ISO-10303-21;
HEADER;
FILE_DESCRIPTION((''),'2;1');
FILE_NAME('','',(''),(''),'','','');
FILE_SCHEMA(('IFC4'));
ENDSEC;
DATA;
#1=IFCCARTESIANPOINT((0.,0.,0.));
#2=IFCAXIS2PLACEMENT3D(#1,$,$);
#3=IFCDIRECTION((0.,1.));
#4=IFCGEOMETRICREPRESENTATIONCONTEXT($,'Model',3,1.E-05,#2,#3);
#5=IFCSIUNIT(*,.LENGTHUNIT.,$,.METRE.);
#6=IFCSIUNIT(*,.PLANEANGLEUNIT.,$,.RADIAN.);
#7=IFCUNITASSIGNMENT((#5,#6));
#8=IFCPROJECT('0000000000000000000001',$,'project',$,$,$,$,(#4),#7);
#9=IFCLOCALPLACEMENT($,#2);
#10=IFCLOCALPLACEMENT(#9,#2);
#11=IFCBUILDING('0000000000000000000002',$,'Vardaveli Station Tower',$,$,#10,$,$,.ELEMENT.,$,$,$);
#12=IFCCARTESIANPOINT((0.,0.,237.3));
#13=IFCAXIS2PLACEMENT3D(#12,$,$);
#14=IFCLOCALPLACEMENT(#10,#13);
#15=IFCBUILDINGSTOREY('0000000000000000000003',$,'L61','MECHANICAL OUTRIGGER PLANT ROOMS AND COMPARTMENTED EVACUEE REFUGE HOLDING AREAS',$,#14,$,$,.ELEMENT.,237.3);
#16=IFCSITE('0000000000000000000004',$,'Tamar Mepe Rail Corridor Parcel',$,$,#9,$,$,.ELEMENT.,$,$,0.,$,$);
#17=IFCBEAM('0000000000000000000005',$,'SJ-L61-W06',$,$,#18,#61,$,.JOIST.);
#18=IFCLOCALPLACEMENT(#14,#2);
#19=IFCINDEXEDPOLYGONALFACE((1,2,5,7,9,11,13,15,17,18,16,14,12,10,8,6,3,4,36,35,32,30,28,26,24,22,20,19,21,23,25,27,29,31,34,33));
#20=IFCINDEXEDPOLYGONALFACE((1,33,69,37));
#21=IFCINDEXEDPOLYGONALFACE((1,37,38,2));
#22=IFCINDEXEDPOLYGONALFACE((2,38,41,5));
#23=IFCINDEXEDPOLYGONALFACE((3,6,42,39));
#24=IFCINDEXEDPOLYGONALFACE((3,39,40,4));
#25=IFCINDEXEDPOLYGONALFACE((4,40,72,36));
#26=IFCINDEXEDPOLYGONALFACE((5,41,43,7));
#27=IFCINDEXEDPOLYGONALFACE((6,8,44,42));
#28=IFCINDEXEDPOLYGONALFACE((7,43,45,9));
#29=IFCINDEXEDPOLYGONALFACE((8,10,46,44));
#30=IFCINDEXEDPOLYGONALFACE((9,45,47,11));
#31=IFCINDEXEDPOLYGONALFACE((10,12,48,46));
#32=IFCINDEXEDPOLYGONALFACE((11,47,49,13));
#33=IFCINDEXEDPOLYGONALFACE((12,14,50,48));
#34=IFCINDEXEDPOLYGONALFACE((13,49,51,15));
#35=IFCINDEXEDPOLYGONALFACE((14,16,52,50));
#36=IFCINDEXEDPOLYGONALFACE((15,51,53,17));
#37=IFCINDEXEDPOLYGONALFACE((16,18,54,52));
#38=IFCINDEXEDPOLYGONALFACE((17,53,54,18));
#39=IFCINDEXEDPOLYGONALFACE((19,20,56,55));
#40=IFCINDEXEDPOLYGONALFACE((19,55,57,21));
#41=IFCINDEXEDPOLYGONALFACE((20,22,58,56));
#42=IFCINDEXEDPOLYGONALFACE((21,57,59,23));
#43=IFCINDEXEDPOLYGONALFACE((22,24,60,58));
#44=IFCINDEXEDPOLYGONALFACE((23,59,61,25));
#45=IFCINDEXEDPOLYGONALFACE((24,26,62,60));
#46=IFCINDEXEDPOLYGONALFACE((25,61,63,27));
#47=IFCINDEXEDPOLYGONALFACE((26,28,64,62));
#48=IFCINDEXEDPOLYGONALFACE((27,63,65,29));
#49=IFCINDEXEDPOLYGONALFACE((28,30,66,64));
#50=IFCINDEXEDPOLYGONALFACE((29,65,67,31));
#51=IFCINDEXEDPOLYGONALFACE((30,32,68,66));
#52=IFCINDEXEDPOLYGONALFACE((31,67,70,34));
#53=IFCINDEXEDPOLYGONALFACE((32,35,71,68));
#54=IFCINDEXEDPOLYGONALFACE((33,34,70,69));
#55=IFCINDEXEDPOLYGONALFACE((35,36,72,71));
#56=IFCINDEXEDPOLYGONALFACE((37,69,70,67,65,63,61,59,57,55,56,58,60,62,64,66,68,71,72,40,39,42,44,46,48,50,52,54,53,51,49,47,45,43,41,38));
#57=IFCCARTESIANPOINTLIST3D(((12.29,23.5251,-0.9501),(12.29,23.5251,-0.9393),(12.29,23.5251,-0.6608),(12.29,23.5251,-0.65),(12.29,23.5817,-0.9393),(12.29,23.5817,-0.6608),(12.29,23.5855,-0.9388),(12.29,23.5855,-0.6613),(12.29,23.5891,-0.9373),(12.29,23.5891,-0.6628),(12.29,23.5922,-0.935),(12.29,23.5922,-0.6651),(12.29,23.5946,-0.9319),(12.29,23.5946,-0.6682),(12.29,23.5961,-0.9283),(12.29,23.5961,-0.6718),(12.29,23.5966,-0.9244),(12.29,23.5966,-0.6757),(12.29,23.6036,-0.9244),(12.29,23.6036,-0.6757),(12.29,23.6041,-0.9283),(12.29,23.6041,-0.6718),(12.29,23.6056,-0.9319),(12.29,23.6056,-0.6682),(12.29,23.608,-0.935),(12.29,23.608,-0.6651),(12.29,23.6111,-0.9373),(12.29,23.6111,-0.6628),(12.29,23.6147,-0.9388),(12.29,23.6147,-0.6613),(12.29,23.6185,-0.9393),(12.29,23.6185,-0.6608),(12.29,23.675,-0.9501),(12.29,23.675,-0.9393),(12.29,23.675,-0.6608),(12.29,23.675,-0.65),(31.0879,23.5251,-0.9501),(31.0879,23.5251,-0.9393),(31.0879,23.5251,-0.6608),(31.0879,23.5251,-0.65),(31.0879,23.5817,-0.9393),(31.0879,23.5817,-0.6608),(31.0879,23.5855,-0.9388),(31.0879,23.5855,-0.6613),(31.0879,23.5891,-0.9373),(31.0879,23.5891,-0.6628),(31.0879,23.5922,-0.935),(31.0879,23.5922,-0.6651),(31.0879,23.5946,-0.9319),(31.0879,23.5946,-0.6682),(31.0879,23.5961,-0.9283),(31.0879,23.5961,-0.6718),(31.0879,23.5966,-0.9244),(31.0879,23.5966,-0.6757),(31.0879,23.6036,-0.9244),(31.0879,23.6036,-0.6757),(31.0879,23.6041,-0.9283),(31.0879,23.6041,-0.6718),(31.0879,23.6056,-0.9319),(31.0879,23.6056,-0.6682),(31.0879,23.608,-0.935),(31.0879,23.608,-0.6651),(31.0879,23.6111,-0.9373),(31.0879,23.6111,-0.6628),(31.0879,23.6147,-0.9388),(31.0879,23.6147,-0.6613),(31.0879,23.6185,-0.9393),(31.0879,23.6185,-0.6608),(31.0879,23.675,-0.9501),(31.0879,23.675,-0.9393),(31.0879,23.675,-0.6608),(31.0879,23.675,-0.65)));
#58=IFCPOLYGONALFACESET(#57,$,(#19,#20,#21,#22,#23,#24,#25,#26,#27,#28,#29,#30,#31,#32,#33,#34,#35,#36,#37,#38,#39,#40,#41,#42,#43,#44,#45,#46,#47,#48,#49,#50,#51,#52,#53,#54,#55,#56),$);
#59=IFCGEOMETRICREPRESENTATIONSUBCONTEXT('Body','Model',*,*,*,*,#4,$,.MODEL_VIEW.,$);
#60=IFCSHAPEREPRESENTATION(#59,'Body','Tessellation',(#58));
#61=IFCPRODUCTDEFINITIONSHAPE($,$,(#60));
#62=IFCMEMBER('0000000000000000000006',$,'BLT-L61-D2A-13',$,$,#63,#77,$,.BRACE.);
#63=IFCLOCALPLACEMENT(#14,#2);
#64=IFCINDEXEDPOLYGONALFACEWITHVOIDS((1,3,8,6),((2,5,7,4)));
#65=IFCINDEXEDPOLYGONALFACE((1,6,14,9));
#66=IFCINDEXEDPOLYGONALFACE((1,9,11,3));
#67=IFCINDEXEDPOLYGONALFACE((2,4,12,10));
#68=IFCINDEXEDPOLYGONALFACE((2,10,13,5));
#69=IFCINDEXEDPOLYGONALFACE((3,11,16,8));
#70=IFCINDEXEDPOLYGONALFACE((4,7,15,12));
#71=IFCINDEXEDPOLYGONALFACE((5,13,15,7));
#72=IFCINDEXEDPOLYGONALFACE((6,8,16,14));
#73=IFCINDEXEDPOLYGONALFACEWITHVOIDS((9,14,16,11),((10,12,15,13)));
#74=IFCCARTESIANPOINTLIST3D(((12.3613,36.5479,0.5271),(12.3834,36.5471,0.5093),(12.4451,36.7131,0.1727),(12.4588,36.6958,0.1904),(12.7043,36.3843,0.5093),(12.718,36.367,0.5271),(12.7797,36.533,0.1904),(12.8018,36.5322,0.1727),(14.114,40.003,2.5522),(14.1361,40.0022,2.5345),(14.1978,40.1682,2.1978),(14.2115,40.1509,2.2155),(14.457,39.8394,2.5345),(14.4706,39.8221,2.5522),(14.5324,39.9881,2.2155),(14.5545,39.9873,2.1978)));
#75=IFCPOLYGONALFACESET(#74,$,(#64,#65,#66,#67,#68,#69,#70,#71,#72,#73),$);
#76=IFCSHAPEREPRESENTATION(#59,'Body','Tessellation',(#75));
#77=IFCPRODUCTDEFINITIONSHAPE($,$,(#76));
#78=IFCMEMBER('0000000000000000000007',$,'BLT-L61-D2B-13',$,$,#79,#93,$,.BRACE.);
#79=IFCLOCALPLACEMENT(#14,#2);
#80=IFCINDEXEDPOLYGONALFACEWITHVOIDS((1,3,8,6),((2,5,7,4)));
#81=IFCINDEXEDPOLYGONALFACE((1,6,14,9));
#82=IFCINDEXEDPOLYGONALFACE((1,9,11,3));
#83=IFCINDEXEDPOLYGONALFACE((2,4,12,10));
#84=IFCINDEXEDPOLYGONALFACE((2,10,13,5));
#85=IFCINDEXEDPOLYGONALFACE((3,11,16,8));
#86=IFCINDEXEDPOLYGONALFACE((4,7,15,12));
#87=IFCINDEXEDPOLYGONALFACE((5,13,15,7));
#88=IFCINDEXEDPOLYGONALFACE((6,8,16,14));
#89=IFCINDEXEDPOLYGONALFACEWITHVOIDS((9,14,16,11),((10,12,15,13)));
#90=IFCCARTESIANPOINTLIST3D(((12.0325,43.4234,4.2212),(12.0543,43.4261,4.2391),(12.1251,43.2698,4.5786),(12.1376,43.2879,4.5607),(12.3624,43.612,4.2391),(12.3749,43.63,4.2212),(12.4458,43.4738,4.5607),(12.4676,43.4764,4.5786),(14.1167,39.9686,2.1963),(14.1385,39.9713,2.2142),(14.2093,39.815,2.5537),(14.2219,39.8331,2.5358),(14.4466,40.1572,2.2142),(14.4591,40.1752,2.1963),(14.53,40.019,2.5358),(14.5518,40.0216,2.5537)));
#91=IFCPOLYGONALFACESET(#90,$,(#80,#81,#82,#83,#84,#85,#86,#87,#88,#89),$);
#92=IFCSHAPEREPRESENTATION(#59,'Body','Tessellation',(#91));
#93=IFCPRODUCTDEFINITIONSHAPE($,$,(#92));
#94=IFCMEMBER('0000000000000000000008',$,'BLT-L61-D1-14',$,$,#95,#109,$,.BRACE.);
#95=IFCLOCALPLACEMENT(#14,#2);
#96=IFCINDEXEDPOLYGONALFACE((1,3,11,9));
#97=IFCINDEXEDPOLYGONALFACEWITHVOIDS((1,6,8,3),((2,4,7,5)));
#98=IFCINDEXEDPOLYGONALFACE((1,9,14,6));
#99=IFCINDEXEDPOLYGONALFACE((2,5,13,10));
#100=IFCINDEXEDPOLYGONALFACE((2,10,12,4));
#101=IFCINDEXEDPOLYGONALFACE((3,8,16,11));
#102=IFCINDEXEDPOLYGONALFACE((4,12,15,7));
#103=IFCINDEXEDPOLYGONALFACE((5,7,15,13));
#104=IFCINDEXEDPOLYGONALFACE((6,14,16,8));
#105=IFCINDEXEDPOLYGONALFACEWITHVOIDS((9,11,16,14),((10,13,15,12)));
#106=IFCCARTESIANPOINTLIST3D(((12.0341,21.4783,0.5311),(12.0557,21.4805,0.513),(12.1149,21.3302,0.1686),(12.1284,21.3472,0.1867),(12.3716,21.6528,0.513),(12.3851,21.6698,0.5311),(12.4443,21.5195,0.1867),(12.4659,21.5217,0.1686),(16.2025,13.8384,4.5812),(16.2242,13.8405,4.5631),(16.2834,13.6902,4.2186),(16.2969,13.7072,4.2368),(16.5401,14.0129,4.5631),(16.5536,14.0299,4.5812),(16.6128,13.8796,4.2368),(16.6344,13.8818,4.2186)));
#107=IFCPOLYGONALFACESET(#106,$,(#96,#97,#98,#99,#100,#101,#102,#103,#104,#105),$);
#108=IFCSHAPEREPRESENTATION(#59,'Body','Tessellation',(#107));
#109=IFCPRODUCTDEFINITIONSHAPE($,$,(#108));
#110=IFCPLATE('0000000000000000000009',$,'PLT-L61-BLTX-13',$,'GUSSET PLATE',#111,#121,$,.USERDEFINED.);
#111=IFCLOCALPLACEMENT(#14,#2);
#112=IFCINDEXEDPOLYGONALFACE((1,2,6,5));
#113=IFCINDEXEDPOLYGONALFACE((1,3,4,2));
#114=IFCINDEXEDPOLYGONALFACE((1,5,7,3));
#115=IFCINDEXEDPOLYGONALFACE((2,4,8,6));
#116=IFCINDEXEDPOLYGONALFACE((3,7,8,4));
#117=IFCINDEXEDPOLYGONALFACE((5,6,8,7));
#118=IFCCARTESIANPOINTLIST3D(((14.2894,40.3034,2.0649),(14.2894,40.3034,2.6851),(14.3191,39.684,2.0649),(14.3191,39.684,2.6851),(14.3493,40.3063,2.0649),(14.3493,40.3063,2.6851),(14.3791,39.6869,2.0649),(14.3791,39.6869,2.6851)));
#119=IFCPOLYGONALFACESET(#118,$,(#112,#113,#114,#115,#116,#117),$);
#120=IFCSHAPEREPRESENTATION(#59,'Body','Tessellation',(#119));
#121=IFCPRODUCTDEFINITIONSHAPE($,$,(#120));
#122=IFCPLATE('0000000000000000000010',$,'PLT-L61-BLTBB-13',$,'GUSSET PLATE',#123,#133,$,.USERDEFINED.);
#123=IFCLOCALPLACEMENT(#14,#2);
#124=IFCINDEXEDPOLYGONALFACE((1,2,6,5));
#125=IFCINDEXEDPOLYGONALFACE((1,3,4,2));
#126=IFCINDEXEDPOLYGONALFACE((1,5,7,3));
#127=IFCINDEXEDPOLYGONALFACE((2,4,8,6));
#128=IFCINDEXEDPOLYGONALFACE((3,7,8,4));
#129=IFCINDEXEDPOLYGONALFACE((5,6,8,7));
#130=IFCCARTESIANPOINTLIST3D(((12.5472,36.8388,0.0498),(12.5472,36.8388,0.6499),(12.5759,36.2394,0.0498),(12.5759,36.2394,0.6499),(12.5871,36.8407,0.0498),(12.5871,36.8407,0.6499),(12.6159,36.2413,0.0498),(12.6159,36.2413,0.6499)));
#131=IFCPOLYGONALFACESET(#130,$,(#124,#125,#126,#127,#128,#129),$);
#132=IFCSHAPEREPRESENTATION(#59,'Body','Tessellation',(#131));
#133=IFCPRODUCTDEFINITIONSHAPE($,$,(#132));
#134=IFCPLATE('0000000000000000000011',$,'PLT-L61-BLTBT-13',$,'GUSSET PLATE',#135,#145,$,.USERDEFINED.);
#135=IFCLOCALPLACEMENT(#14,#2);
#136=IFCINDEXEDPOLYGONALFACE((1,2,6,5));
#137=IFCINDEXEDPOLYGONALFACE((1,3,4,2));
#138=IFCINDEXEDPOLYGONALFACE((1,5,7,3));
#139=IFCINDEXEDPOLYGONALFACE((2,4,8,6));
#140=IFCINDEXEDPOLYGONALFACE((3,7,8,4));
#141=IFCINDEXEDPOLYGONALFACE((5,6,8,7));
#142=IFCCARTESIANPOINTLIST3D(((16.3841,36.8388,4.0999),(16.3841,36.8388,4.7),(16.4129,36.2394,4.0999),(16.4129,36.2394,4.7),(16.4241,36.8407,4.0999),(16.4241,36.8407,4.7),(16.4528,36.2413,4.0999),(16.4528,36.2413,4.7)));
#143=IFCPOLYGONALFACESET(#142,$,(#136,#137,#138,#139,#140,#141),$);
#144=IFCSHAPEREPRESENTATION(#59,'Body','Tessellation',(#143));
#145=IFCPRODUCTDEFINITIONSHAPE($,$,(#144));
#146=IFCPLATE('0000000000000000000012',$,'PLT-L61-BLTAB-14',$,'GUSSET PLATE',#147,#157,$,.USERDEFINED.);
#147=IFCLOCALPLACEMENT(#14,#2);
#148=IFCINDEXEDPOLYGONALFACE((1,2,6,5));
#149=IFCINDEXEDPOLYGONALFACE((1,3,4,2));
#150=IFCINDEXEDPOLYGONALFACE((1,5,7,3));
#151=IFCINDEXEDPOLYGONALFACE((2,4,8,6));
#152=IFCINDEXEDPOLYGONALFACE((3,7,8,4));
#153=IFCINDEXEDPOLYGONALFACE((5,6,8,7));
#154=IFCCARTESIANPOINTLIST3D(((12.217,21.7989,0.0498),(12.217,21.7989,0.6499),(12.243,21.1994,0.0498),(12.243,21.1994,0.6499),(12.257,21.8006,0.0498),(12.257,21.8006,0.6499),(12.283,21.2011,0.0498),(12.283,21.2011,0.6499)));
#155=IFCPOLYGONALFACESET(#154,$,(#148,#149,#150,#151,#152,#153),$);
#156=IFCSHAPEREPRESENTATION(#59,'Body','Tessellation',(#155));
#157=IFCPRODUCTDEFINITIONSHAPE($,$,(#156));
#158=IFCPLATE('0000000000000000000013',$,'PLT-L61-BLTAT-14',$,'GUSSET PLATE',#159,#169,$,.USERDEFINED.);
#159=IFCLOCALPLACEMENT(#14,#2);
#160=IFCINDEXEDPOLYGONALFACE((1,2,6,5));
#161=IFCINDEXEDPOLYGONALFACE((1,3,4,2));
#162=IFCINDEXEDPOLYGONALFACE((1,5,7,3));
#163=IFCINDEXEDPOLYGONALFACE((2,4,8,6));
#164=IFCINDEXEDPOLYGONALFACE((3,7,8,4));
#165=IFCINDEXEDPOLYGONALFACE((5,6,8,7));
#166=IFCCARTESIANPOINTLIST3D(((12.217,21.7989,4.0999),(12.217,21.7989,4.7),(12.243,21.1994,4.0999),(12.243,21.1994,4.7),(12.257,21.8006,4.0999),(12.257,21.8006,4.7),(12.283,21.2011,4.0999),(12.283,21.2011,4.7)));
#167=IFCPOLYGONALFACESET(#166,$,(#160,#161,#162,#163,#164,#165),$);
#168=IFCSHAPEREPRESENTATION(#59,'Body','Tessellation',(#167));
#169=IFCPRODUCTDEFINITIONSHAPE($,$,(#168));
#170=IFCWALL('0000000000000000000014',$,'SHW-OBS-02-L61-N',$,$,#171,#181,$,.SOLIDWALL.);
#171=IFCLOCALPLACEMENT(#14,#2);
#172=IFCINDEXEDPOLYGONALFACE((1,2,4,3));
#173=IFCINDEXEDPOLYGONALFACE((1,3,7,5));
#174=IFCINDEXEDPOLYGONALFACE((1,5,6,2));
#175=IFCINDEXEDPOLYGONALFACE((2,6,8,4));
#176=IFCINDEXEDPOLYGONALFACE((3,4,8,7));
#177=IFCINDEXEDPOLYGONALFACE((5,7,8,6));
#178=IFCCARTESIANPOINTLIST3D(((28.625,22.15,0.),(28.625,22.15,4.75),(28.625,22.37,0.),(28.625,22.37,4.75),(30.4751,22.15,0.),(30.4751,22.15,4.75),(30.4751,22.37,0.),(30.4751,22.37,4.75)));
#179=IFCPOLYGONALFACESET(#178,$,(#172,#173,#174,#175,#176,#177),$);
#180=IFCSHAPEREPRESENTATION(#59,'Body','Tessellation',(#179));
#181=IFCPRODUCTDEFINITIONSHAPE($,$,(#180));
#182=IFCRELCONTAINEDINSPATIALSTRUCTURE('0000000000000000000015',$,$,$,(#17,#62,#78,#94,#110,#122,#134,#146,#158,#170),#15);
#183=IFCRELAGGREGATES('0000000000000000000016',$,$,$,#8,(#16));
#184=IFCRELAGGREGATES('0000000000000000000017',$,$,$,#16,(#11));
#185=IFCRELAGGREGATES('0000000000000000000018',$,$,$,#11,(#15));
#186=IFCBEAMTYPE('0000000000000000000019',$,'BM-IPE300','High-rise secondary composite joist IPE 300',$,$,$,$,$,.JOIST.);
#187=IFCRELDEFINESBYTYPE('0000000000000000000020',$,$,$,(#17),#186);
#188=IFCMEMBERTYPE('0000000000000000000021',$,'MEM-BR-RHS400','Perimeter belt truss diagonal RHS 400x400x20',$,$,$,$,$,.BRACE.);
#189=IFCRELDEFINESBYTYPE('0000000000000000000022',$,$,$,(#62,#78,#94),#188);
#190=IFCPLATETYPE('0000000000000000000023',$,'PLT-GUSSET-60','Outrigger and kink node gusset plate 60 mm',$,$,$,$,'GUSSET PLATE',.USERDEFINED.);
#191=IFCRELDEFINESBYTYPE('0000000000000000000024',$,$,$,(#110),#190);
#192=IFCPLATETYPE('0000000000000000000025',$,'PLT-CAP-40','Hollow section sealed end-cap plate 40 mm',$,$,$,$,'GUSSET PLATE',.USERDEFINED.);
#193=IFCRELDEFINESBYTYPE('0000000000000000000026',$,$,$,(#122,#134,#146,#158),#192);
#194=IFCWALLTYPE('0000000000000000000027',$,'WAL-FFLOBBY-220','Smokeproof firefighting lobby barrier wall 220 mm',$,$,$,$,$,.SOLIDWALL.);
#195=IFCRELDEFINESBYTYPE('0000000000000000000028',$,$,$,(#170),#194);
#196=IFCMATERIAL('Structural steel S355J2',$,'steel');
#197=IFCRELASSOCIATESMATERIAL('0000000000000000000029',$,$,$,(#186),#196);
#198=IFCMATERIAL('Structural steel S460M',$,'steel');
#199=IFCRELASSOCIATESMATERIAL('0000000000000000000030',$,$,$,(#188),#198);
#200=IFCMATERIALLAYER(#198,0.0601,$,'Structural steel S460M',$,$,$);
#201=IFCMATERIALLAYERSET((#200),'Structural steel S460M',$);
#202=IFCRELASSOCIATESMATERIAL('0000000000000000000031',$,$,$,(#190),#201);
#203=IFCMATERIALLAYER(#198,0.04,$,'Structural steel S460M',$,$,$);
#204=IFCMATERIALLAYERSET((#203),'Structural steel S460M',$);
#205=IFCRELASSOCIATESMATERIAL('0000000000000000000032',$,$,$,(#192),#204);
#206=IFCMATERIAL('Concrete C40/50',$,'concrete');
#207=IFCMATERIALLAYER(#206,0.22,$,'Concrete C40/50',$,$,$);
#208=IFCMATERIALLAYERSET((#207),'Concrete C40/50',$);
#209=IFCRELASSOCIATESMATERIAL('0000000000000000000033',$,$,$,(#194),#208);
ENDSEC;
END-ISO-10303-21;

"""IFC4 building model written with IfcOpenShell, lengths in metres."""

from ifc_helpers import new_model, si_unit, direction, frame, frame_2d, origin, origin_2d, place, context, subcontext, project, spatial, rectangle, hollow_rectangle, i_section, extrude, source, transform, mapped, material, layer, layer_set, material_profile, profile_set, type_object, element, save


model = new_model("IFC4")

# Units and contexts
model_context = context("Model", 3, precision=1e-05, world=origin(), true_north=direction((0.0, 1.0)))
body_context = subcontext(model_context, "Body", "Model", "MODEL_VIEW")
ifc_project = project(units=[si_unit("LENGTHUNIT", "METRE"), si_unit("PLANEANGLEUNIT", "RADIAN")], contexts=[model_context])

# Site, building, storey
site_placement = place(None, origin())
site = spatial("IfcSite", under=ifc_project, at=site_placement, Name="Tamar Mepe Rail Corridor Parcel", CompositionType="ELEMENT", RefElevation=0.0)
building_placement = place(site_placement, origin())
building = spatial("IfcBuilding", under=site, at=building_placement, Name="Vardaveli Station Tower", CompositionType="ELEMENT")
storey_placement = place(building_placement, frame((0.0, 0.0, 237.3)))
storey = spatial("IfcBuildingStorey", under=building, at=storey_placement, Name="L61", Description="MECHANICAL OUTRIGGER PLANT ROOMS AND COMPARTMENTED EVACUEE REFUGE HOLDING AREAS", CompositionType="ELEMENT", Elevation=237.3)

# Shared definitions
ifc_material_1 = material(Name="Structural steel S460M", Category="steel")

# Beam
ifc_material_2 = material(Name="Structural steel S355J2", Category="steel")
ifc_material_profile_1 = material_profile(ifc_material_2, i_section(OverallWidth=0.1499, OverallDepth=0.3, WebThickness=0.0071, FlangeThickness=0.0107, FilletRadius=0.0149, at=origin_2d()), Name="IPE 300")
ifc_profile_set_1 = profile_set([ifc_material_profile_1], Name="Structural steel S355J2")
beam_type_1 = type_object("IfcBeamType", Name="BM-IPE300", Description="High-rise secondary composite joist IPE 300", PredefinedType="JOIST", material=ifc_profile_set_1)
shared_shape_1 = source(origin(), body_context, "Body", "SweptSolid", [
    extrude(i_section(OverallWidth=0.1499, OverallDepth=0.3, WebThickness=0.0071, FlangeThickness=0.0107, FilletRadius=0.0149, at=origin_2d()), origin(), (0.0, 0.0, 1.0), 18.7979),
])
beam_1_placement = place(storey_placement, frame((12.29, 23.6001, -0.8), z_axis=(1.0, 0.0, 0.0), x_axis=(0.0, 1.0, 0.0)))
element("IfcBeam", 1, at=beam_1_placement, inside=storey, type_object=beam_type_1, Name="SJ-L61-W06", PredefinedType="JOIST", context=body_context, shape_type="MappedRepresentation", body=[
    mapped(shared_shape_1, transform((0.0, 0.0, 0.0), scale=1.0)),
])

# Members
ifc_material_profile_2 = material_profile(ifc_material_1, hollow_rectangle(XDim=0.3999, YDim=0.3999, WallThickness=0.02, at=origin_2d()), Name="RHS 400x400x20")
ifc_profile_set_2 = profile_set([ifc_material_profile_2], Name="Structural steel S460M")
member_type = type_object("IfcMemberType", Name="MEM-BR-RHS400", Description="Perimeter belt truss diagonal RHS 400x400x20", PredefinedType="BRACE", material=ifc_profile_set_2)
shared_shape_2 = source(origin(), body_context, "Body", "SweptSolid", [
    extrude(hollow_rectangle(XDim=0.3999, YDim=0.3999, WallThickness=0.02, at=origin_2d()), origin(), (0.0, 0.0, 1.0), 4.3716),
])
member_1_placement = place(storey_placement, frame((12.5815, 36.54, 0.3499), z_axis=(0.400927, 0.79035, 0.463253), x_axis=(-0.891816, 0.452399, 0.0)))
element("IfcMember", 2, at=member_1_placement, inside=storey, type_object=member_type, Name="BLT-L61-D2A-13", PredefinedType="BRACE", context=body_context, shape_type="MappedRepresentation", body=[
    mapped(shared_shape_2, transform((0.0, 0.0, 0.0), scale=1.0)),
])
shared_shape_3 = source(origin(), body_context, "Body", "SweptSolid", [
    extrude(hollow_rectangle(XDim=0.3999, YDim=0.3999, WallThickness=0.02, at=origin_2d()), origin(), (0.0, 0.0, 1.0), 4.5144),
])
member_2_placement = place(storey_placement, frame((14.3342, 39.9951, 2.375), z_axis=(-0.461681, 0.765286, 0.44854), x_axis=(-0.856252, -0.516559, 0.0)))
element("IfcMember", 3, at=member_2_placement, inside=storey, type_object=member_type, Name="BLT-L61-D2B-13", PredefinedType="BRACE", context=body_context, shape_type="MappedRepresentation", body=[
    mapped(shared_shape_3, transform((0.0, 0.0, 0.0), scale=1.0)),
])
shared_shape_4 = source(origin(), body_context, "Body", "SweptSolid", [
    extrude(hollow_rectangle(XDim=0.3999, YDim=0.3999, WallThickness=0.02, at=origin_2d()), origin(), (0.0, 0.0, 1.0), 9.5994),
])
member_3_placement = place(storey_placement, frame((12.25, 21.5, 0.3499), z_axis=(0.434245, -0.795879, 0.42191), x_axis=(0.877836, 0.478962, 0.0)))
element("IfcMember", 4, at=member_3_placement, inside=storey, type_object=member_type, Name="BLT-L61-D1-14", PredefinedType="BRACE", context=body_context, shape_type="MappedRepresentation", body=[
    mapped(shared_shape_4, transform((0.0, 0.0, 0.0), scale=1.0)),
])

# Plates
ifc_layer_1 = layer(ifc_material_1, 0.0601, Name="Structural steel S460M")
ifc_layer_set_1 = layer_set([ifc_layer_1], Name="Structural steel S460M")
plate_type_1 = type_object("IfcPlateType", Name="PLT-GUSSET-60", Description="Outrigger and kink node gusset plate 60 mm", ElementType="GUSSET PLATE", PredefinedType="USERDEFINED", material=ifc_layer_set_1)
shared_shape_5 = source(origin(), body_context, "Body", "SweptSolid", [
    extrude(rectangle(XDim=0.6201, YDim=0.0601, at=origin_2d()), origin(), (0.0, 0.0, 1.0), 0.6201),
])
plate_placement = place(storey_placement, frame((14.3342, 39.9951, 2.0649), z_axis=(0.0, 0.0, 1.0), x_axis=(0.047978, -0.998848, 0.0)))
element("IfcPlate", 5, at=plate_placement, inside=storey, type_object=plate_type_1, Name="PLT-L61-BLTX-13", ObjectType="GUSSET PLATE", PredefinedType="USERDEFINED", context=body_context, shape_type="MappedRepresentation", body=[
    mapped(shared_shape_5, transform((0.0, 0.0, 0.0), scale=1.0)),
])
ifc_layer_2 = layer(ifc_material_1, 0.04, Name="Structural steel S460M")
ifc_layer_set_2 = layer_set([ifc_layer_2], Name="Structural steel S460M")
plate_type_2 = type_object("IfcPlateType", Name="PLT-CAP-40", Description="Hollow section sealed end-cap plate 40 mm", ElementType="GUSSET PLATE", PredefinedType="USERDEFINED", material=ifc_layer_set_2)
shared_shape_6 = source(origin(), body_context, "Body", "SweptSolid", [
    extrude(rectangle(XDim=0.6001, YDim=0.04, at=origin_2d()), origin(), (0.0, 0.0, 1.0), 0.6001),
])
for number, where, z_axis, x_axis, name in (
    (6, (12.5815, 36.54, 0.0498), (0.0, 0.0, 1.0), (0.047978, -0.998848, 0.0), "PLT-L61-BLTBB-13"),
    (7, (16.4185, 36.54, 4.0999), (0.0, 0.0, 1.0), (0.047978, -0.998848, 0.0), "PLT-L61-BLTBT-13"),
    (8, (12.25, 21.5, 0.0498), (0.0, 0.0, 1.0), (0.043445, -0.999056, 0.0), "PLT-L61-BLTAB-14"),
    (9, (12.25, 21.5, 4.0999), (0.0, 0.0, 1.0), (0.043445, -0.999056, 0.0), "PLT-L61-BLTAT-14"),
):
    element("IfcPlate", number, at=place(storey_placement, frame(where, z_axis=z_axis, x_axis=x_axis)), inside=storey, type_object=plate_type_2, Name=name, ObjectType="GUSSET PLATE", PredefinedType="USERDEFINED", context=body_context, shape_type="MappedRepresentation", body=[
        mapped(shared_shape_6, transform((0.0, 0.0, 0.0), scale=1.0)),
    ])

# Wall
ifc_material_3 = material(Name="Concrete C40/50", Category="concrete")
ifc_layer_3 = layer(ifc_material_3, 0.22, Name="Concrete C40/50")
ifc_layer_set_3 = layer_set([ifc_layer_3], Name="Concrete C40/50")
wall_type_1 = type_object("IfcWallType", Name="WAL-FFLOBBY-220", Description="Smokeproof firefighting lobby barrier wall 220 mm", PredefinedType="SOLIDWALL", material=ifc_layer_set_3)
shared_shape_7 = source(origin(), body_context, "Body", "SweptSolid", [
    extrude(rectangle(XDim=1.8501, YDim=0.22, at=frame_2d((0.925, 0.0))), origin(), (0.0, 0.0, 1.0), 4.75),
])
wall_1_placement = place(storey_placement, frame((28.625, 22.26, 0.0), z_axis=(0.0, 0.0, 1.0), x_axis=(1.0, 0.0, 0.0)))
element("IfcWall", 10, at=wall_1_placement, inside=storey, type_object=wall_type_1, Name="SHW-OBS-02-L61-N", PredefinedType="SOLIDWALL", context=body_context, shape_type="MappedRepresentation", body=[
    mapped(shared_shape_7, transform((0.0, 0.0, 0.0), scale=1.0)),
])

save(model, "model.ifc")
